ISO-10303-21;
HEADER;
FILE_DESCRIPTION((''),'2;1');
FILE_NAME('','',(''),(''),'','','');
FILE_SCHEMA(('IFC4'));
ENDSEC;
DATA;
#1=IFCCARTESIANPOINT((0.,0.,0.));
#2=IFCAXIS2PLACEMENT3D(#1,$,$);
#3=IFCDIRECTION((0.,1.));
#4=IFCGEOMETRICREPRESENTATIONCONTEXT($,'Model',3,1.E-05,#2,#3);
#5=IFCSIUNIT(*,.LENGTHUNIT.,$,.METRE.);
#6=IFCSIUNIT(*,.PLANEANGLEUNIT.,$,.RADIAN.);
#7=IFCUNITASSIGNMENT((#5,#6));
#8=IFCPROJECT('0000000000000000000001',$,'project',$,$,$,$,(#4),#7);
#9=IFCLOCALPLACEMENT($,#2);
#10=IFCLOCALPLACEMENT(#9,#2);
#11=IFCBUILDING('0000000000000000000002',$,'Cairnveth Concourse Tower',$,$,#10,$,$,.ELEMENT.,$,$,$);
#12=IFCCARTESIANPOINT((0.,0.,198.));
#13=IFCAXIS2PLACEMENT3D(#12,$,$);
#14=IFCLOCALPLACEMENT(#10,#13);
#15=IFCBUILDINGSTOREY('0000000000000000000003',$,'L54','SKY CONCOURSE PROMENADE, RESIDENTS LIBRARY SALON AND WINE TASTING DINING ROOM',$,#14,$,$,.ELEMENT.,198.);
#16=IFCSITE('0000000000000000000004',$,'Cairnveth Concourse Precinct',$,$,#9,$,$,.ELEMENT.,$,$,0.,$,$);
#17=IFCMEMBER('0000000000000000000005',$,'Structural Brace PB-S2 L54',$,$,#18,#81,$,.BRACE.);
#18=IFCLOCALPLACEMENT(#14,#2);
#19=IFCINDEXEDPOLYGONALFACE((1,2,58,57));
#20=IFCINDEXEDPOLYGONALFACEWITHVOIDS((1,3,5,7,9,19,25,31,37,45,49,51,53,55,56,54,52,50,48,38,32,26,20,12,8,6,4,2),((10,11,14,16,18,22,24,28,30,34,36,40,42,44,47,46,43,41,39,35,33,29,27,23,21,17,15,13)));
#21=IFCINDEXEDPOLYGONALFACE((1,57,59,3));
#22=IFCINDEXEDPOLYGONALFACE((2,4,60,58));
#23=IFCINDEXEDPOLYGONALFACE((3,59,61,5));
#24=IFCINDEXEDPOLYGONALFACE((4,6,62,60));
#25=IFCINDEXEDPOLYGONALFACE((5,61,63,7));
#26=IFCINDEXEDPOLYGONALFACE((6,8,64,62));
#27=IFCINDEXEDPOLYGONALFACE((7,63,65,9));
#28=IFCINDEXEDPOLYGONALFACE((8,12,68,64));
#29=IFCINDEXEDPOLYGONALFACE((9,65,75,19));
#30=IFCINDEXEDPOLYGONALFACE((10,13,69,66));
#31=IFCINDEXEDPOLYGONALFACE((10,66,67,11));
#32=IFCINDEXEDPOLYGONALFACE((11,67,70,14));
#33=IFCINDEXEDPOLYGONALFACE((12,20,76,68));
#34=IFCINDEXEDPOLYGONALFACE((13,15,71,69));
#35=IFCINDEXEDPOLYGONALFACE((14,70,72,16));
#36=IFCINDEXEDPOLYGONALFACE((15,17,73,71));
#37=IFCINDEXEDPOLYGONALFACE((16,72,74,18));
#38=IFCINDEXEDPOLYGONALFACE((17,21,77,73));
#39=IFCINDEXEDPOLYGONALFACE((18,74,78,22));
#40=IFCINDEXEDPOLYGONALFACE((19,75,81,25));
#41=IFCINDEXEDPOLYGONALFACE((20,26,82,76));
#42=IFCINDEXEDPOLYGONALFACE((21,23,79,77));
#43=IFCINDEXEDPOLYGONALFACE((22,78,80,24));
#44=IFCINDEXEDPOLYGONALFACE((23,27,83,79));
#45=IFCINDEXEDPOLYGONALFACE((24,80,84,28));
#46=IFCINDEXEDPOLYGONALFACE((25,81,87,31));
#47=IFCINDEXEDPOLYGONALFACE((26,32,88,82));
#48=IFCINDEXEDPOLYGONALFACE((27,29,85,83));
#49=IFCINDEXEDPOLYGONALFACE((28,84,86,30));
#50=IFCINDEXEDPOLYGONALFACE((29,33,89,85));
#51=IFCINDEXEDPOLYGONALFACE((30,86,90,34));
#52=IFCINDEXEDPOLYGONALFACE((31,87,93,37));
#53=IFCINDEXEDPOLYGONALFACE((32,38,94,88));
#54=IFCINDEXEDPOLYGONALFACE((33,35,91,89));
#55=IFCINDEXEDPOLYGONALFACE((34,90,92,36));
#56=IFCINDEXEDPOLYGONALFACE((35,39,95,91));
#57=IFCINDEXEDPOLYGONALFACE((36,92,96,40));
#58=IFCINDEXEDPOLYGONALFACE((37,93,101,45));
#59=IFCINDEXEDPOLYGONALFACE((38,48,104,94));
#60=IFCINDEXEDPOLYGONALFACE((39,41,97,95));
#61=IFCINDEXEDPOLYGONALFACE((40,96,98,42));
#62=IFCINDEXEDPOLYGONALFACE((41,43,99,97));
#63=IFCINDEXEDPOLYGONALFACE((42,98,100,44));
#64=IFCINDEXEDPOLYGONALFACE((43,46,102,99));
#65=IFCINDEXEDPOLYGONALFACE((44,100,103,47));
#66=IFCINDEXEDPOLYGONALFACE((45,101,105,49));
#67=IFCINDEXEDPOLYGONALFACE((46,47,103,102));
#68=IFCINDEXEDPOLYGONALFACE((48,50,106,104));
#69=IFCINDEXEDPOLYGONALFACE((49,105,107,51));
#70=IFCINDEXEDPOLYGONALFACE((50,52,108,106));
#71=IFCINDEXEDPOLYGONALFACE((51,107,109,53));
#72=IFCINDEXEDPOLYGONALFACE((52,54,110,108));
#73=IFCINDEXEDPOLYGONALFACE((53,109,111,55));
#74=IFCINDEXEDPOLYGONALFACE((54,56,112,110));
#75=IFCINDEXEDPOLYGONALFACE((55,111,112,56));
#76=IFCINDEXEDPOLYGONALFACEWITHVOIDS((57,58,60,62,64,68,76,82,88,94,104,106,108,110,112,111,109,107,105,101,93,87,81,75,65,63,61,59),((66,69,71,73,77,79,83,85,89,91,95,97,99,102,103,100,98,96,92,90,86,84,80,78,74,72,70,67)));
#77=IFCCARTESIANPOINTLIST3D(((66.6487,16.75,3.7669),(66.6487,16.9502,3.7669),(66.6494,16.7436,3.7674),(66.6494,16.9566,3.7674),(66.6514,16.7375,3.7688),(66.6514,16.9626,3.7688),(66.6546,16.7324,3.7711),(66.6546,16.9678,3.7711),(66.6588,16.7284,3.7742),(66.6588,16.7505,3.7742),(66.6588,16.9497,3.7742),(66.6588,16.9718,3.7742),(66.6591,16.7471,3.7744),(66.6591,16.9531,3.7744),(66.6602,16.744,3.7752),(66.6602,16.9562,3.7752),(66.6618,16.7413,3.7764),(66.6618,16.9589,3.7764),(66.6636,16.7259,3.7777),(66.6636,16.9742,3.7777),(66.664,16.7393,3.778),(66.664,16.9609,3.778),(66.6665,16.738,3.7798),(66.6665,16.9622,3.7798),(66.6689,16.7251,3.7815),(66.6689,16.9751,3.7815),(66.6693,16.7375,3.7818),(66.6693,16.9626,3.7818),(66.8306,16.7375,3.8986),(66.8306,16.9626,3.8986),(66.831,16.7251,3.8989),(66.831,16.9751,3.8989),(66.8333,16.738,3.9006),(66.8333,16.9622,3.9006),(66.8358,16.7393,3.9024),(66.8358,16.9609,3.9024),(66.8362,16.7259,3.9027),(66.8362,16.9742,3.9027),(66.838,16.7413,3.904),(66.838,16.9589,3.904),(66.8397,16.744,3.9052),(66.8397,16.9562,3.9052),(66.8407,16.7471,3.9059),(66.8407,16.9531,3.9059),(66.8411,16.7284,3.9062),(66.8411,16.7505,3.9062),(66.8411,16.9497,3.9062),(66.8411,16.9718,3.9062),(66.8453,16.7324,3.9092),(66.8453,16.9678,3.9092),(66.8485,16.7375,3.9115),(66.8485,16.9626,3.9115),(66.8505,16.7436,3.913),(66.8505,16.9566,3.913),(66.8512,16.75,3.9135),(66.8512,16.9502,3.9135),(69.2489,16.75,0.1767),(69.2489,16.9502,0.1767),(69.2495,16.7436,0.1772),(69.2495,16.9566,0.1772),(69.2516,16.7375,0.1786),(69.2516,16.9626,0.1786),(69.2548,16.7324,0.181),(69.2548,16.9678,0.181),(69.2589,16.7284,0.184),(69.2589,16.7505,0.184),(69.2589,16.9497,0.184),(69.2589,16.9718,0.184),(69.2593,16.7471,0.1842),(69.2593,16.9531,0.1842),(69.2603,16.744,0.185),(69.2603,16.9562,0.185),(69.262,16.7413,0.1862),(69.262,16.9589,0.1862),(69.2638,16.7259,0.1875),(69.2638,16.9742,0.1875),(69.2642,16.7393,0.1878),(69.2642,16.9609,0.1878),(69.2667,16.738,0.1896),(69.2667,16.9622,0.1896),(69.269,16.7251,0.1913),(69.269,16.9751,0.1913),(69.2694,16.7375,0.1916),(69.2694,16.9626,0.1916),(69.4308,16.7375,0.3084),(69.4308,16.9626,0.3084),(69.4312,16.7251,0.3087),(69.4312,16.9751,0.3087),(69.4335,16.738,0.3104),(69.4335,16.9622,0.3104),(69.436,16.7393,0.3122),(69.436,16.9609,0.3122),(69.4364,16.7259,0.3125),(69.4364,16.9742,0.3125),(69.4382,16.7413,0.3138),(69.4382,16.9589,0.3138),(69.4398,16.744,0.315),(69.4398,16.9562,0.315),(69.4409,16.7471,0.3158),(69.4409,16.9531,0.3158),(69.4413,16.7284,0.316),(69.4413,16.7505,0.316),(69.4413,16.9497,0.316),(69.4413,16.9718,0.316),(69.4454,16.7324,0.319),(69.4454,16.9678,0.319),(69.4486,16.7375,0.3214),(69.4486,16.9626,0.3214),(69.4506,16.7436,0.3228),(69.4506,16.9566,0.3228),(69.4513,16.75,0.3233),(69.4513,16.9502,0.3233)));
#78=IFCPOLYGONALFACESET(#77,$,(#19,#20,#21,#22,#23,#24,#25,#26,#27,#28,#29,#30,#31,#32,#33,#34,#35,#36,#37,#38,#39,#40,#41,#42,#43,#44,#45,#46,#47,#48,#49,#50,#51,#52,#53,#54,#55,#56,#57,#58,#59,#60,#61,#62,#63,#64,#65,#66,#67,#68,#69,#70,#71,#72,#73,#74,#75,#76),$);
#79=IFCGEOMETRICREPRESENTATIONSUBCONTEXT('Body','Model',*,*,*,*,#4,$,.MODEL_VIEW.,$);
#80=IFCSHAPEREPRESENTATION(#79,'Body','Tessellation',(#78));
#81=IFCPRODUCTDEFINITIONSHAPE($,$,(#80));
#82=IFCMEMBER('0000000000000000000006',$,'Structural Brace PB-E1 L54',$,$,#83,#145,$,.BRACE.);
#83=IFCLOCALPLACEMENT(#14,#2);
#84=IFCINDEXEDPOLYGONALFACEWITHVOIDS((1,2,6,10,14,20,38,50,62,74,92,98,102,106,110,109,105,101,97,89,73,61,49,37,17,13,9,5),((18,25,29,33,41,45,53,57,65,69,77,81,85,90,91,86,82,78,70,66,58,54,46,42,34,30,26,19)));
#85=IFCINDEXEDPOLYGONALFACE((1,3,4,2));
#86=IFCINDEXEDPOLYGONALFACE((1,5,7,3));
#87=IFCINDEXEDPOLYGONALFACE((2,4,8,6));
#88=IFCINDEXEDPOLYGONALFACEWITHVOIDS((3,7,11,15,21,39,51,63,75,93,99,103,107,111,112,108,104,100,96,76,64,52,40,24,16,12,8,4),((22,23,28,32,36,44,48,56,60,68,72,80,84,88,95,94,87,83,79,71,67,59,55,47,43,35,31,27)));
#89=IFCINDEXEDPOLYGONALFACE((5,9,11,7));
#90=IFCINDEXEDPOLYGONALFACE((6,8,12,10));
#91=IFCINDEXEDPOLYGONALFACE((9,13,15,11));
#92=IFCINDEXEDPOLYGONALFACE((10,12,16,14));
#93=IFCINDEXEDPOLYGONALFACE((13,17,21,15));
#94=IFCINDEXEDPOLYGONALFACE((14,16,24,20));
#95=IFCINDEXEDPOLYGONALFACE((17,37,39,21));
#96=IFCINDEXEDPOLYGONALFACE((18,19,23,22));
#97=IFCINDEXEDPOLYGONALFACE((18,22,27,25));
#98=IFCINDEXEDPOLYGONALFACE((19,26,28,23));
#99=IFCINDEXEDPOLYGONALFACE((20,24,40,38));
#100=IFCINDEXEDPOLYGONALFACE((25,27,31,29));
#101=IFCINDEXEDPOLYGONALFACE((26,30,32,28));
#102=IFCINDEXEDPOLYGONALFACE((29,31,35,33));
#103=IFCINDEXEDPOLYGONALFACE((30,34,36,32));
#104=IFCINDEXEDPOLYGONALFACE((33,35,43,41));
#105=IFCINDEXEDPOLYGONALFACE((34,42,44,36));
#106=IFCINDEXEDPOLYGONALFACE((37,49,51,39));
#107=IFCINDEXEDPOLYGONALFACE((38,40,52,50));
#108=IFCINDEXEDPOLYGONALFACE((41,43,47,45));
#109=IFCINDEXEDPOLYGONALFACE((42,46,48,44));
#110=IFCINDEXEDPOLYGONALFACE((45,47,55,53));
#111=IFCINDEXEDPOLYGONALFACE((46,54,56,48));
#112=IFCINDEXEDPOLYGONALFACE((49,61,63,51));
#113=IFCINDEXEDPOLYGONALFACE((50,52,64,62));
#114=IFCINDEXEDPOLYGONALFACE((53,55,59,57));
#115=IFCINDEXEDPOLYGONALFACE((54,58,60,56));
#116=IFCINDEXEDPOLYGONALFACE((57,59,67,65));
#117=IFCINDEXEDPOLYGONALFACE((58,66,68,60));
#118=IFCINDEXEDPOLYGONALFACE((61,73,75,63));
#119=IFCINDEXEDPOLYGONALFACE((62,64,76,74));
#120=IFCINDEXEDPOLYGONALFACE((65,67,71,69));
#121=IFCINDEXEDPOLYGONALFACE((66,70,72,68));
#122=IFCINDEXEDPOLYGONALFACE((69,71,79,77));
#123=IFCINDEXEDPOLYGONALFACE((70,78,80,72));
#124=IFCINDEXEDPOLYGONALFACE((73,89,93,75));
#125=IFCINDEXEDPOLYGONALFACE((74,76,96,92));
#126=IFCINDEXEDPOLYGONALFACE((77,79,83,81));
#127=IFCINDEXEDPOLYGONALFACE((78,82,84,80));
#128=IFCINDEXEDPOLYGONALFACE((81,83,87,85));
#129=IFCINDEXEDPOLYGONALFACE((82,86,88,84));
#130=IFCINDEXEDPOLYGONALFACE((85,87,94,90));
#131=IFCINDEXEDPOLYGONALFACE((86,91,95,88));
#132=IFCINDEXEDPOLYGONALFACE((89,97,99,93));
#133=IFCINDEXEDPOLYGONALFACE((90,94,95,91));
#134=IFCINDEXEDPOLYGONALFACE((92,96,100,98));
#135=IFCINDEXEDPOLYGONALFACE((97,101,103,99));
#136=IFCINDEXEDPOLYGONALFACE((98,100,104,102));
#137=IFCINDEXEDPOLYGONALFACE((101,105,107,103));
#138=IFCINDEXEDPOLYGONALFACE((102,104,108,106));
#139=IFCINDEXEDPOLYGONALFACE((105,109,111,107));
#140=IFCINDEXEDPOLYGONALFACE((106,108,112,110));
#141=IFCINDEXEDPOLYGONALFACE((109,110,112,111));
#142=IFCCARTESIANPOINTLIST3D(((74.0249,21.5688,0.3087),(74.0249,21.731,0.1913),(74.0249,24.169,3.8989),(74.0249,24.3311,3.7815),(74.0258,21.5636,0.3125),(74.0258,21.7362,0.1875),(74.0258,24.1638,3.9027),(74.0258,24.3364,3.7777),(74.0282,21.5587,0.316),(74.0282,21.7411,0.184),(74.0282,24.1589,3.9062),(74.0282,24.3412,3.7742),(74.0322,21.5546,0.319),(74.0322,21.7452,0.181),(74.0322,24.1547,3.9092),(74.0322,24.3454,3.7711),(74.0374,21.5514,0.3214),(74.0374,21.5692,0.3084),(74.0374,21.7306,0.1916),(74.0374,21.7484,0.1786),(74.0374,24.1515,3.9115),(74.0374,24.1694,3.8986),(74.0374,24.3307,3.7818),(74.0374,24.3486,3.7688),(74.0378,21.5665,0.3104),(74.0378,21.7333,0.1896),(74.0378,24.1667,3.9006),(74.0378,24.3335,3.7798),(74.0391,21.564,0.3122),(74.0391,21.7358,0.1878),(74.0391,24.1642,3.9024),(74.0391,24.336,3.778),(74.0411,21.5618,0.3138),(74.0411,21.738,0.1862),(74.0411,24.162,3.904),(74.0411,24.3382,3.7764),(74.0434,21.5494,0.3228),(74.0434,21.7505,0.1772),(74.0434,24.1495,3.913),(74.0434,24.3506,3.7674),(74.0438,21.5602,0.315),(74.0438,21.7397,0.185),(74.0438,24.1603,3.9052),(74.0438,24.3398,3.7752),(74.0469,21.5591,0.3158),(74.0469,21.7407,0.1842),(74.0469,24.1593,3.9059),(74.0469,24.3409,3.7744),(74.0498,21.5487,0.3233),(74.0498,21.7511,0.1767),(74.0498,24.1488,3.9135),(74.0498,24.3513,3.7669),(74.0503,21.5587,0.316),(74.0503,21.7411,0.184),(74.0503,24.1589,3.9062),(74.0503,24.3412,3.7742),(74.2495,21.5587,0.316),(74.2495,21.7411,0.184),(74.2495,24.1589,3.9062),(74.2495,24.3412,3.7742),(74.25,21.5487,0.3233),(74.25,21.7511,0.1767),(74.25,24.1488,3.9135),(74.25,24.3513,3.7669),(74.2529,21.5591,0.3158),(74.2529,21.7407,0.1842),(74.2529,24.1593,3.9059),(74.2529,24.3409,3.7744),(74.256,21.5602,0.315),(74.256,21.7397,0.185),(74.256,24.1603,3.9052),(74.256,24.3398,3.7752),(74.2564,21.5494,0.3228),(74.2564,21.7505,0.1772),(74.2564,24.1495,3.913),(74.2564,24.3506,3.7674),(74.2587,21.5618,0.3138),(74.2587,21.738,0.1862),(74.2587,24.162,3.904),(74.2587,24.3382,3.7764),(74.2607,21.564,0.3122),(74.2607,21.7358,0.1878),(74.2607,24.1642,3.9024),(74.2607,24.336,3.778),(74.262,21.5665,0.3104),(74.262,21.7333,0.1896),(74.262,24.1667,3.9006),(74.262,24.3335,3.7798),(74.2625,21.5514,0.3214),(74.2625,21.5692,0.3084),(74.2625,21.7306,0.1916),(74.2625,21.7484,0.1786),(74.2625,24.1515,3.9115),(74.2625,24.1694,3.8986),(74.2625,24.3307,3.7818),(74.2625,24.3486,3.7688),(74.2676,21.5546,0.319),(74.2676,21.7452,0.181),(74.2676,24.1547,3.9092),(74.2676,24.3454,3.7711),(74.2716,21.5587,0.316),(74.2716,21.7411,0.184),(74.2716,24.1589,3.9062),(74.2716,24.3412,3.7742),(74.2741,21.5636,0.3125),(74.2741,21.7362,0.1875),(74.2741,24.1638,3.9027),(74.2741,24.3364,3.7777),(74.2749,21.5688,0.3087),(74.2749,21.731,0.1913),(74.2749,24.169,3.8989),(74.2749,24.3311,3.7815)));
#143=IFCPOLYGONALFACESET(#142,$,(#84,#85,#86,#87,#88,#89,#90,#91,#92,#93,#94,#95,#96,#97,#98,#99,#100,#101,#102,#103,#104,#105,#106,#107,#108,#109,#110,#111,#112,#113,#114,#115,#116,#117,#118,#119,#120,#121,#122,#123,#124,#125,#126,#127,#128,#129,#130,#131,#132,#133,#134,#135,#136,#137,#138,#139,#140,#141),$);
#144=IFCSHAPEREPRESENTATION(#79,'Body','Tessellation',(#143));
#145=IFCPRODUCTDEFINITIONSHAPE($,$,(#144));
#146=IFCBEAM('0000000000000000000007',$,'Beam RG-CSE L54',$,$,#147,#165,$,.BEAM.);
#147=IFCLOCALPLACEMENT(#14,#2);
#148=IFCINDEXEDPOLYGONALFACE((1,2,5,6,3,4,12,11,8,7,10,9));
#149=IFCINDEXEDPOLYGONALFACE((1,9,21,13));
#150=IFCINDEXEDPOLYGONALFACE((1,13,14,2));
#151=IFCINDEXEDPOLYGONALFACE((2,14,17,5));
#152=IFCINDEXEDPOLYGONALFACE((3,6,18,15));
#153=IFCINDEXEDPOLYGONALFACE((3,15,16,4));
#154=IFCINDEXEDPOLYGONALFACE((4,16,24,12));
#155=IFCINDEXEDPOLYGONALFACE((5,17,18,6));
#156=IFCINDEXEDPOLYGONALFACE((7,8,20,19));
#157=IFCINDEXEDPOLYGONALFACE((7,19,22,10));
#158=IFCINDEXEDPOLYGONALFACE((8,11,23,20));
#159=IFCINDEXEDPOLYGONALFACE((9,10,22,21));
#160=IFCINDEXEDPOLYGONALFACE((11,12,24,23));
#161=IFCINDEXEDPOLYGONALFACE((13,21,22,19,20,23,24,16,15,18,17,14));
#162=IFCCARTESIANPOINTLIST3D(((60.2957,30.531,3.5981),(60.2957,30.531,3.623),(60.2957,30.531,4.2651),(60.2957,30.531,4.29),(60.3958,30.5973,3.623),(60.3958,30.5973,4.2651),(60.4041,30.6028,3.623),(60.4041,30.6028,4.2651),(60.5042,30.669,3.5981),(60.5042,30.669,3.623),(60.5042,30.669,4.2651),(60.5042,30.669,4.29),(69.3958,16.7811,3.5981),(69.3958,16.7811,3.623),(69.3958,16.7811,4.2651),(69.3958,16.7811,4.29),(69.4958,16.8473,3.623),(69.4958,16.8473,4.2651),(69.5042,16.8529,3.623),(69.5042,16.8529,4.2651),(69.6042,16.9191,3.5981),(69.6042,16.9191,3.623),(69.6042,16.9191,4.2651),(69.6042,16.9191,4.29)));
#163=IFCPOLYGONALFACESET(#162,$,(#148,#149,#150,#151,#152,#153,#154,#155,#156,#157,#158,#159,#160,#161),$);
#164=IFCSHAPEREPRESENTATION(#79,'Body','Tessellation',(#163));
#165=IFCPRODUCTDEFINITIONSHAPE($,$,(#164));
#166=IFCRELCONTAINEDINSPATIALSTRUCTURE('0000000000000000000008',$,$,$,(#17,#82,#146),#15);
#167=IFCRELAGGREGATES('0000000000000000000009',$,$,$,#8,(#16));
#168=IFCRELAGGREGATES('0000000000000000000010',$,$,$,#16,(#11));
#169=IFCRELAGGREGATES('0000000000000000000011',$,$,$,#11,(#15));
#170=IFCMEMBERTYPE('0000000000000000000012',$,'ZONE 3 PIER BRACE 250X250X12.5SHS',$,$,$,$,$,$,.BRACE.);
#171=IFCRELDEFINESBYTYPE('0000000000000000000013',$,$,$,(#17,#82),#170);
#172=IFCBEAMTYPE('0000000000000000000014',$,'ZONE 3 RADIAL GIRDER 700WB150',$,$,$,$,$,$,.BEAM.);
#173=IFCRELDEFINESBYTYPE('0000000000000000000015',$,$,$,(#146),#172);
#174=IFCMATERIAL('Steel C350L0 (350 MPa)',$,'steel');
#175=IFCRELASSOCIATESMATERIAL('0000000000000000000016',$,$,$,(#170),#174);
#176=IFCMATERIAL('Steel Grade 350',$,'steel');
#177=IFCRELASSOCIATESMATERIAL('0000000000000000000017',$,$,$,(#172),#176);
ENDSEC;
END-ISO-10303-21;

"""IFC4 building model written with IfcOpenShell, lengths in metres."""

from ifc_helpers import new_model, si_unit, direction, frame, origin, origin_2d, place, context, subcontext, project, spatial, hollow_rectangle, i_section, extrude, material, material_profile, profile_set, type_object, element, save


model = new_model("IFC4")

# Units and contexts
model_context = context("Model", 3, precision=1e-05, world=origin(), true_north=direction((0.0, 1.0)))
body_context = subcontext(model_context, "Body", "Model", "MODEL_VIEW")
ifc_project = project(units=[si_unit("LENGTHUNIT", "METRE"), si_unit("PLANEANGLEUNIT", "RADIAN")], contexts=[model_context])

# Site, building, storey
site_placement = place(None, origin())
site = spatial("IfcSite", under=ifc_project, at=site_placement, Name="Cairnveth Concourse Precinct", CompositionType="ELEMENT", RefElevation=0.0)
building_placement = place(site_placement, origin())
building = spatial("IfcBuilding", under=site, at=building_placement, Name="Cairnveth Concourse Tower", CompositionType="ELEMENT")
storey_placement = place(building_placement, frame((0.0, 0.0, 198.0)))
storey = spatial("IfcBuildingStorey", under=building, at=storey_placement, Name="L54", Description="SKY CONCOURSE PROMENADE, RESIDENTS LIBRARY SALON AND WINE TASTING DINING ROOM", CompositionType="ELEMENT", Elevation=198.0)

# Shared definitions
ifc_material_1 = material(Name="Steel Grade 350", Category="steel")

# Members
ifc_material_2 = material(Name="Steel C350L0 (350 MPa)", Category="steel")
ifc_material_profile_1 = material_profile(ifc_material_2, hollow_rectangle(XDim=0.25, YDim=0.25, WallThickness=0.0125, InnerFilletRadius=0.0129, OuterFilletRadius=0.0249, at=origin_2d()), Name="250x250x12.5SHS")
ifc_profile_set_1 = profile_set([ifc_material_profile_1], Name="Steel C350L0 (350 MPa)")
member_type = type_object("IfcMemberType", Name="ZONE 3 PIER BRACE 250X250X12.5SHS", PredefinedType="BRACE", material=ifc_profile_set_1)
for number, where, z_axis, x_axis, name in (
    (1, (69.3501, 16.8501, 0.25), (-0.586566, 0.0, 0.809902), (0.0, -1.0, 0.0), "Structural Brace PB-S2 L54"),
    (2, (74.1499, 21.6499, 0.25), (0.0, 0.586566, 0.809902), (-1.0, 0.0, 0.0), "Structural Brace PB-E1 L54"),
):
    element("IfcMember", number, at=place(storey_placement, frame(where, z_axis=z_axis, x_axis=x_axis)), inside=storey, type_object=member_type, Name=name, PredefinedType="BRACE", context=body_context, shape_type="SweptSolid", body=[
        extrude(hollow_rectangle(XDim=0.25, YDim=0.25, WallThickness=0.0125, InnerFilletRadius=0.0129, OuterFilletRadius=0.0249, at=origin_2d()), origin(), (0.0, 0.0, 1.0), 4.4329),
    ])

# Beam
ifc_material_profile_2 = material_profile(ifc_material_1, i_section(OverallWidth=0.25, OverallDepth=0.6919, WebThickness=0.01, FlangeThickness=0.0249, at=origin_2d()), Name="700WB150")
ifc_profile_set_2 = profile_set([ifc_material_profile_2], Name="Steel Grade 350")
beam_type_1 = type_object("IfcBeamType", Name="ZONE 3 RADIAL GIRDER 700WB150", PredefinedType="BEAM", material=ifc_profile_set_2)
beam_1_placement = place(storey_placement, frame((69.5, 16.8501, 3.9441), z_axis=(-0.551902, 0.833909, 0.0), x_axis=(-0.833909, -0.551902, 0.0)))
element("IfcBeam", 3, at=beam_1_placement, inside=storey, type_object=beam_type_1, Name="Beam RG-CSE L54", PredefinedType="BEAM", context=body_context, shape_type="SweptSolid", body=[
    extrude(i_section(OverallWidth=0.25, OverallDepth=0.6919, WebThickness=0.01, FlangeThickness=0.0249, at=origin_2d()), origin(), (0.0, 0.0, 1.0), 16.4885),
])

save(model, "model.ifc")
